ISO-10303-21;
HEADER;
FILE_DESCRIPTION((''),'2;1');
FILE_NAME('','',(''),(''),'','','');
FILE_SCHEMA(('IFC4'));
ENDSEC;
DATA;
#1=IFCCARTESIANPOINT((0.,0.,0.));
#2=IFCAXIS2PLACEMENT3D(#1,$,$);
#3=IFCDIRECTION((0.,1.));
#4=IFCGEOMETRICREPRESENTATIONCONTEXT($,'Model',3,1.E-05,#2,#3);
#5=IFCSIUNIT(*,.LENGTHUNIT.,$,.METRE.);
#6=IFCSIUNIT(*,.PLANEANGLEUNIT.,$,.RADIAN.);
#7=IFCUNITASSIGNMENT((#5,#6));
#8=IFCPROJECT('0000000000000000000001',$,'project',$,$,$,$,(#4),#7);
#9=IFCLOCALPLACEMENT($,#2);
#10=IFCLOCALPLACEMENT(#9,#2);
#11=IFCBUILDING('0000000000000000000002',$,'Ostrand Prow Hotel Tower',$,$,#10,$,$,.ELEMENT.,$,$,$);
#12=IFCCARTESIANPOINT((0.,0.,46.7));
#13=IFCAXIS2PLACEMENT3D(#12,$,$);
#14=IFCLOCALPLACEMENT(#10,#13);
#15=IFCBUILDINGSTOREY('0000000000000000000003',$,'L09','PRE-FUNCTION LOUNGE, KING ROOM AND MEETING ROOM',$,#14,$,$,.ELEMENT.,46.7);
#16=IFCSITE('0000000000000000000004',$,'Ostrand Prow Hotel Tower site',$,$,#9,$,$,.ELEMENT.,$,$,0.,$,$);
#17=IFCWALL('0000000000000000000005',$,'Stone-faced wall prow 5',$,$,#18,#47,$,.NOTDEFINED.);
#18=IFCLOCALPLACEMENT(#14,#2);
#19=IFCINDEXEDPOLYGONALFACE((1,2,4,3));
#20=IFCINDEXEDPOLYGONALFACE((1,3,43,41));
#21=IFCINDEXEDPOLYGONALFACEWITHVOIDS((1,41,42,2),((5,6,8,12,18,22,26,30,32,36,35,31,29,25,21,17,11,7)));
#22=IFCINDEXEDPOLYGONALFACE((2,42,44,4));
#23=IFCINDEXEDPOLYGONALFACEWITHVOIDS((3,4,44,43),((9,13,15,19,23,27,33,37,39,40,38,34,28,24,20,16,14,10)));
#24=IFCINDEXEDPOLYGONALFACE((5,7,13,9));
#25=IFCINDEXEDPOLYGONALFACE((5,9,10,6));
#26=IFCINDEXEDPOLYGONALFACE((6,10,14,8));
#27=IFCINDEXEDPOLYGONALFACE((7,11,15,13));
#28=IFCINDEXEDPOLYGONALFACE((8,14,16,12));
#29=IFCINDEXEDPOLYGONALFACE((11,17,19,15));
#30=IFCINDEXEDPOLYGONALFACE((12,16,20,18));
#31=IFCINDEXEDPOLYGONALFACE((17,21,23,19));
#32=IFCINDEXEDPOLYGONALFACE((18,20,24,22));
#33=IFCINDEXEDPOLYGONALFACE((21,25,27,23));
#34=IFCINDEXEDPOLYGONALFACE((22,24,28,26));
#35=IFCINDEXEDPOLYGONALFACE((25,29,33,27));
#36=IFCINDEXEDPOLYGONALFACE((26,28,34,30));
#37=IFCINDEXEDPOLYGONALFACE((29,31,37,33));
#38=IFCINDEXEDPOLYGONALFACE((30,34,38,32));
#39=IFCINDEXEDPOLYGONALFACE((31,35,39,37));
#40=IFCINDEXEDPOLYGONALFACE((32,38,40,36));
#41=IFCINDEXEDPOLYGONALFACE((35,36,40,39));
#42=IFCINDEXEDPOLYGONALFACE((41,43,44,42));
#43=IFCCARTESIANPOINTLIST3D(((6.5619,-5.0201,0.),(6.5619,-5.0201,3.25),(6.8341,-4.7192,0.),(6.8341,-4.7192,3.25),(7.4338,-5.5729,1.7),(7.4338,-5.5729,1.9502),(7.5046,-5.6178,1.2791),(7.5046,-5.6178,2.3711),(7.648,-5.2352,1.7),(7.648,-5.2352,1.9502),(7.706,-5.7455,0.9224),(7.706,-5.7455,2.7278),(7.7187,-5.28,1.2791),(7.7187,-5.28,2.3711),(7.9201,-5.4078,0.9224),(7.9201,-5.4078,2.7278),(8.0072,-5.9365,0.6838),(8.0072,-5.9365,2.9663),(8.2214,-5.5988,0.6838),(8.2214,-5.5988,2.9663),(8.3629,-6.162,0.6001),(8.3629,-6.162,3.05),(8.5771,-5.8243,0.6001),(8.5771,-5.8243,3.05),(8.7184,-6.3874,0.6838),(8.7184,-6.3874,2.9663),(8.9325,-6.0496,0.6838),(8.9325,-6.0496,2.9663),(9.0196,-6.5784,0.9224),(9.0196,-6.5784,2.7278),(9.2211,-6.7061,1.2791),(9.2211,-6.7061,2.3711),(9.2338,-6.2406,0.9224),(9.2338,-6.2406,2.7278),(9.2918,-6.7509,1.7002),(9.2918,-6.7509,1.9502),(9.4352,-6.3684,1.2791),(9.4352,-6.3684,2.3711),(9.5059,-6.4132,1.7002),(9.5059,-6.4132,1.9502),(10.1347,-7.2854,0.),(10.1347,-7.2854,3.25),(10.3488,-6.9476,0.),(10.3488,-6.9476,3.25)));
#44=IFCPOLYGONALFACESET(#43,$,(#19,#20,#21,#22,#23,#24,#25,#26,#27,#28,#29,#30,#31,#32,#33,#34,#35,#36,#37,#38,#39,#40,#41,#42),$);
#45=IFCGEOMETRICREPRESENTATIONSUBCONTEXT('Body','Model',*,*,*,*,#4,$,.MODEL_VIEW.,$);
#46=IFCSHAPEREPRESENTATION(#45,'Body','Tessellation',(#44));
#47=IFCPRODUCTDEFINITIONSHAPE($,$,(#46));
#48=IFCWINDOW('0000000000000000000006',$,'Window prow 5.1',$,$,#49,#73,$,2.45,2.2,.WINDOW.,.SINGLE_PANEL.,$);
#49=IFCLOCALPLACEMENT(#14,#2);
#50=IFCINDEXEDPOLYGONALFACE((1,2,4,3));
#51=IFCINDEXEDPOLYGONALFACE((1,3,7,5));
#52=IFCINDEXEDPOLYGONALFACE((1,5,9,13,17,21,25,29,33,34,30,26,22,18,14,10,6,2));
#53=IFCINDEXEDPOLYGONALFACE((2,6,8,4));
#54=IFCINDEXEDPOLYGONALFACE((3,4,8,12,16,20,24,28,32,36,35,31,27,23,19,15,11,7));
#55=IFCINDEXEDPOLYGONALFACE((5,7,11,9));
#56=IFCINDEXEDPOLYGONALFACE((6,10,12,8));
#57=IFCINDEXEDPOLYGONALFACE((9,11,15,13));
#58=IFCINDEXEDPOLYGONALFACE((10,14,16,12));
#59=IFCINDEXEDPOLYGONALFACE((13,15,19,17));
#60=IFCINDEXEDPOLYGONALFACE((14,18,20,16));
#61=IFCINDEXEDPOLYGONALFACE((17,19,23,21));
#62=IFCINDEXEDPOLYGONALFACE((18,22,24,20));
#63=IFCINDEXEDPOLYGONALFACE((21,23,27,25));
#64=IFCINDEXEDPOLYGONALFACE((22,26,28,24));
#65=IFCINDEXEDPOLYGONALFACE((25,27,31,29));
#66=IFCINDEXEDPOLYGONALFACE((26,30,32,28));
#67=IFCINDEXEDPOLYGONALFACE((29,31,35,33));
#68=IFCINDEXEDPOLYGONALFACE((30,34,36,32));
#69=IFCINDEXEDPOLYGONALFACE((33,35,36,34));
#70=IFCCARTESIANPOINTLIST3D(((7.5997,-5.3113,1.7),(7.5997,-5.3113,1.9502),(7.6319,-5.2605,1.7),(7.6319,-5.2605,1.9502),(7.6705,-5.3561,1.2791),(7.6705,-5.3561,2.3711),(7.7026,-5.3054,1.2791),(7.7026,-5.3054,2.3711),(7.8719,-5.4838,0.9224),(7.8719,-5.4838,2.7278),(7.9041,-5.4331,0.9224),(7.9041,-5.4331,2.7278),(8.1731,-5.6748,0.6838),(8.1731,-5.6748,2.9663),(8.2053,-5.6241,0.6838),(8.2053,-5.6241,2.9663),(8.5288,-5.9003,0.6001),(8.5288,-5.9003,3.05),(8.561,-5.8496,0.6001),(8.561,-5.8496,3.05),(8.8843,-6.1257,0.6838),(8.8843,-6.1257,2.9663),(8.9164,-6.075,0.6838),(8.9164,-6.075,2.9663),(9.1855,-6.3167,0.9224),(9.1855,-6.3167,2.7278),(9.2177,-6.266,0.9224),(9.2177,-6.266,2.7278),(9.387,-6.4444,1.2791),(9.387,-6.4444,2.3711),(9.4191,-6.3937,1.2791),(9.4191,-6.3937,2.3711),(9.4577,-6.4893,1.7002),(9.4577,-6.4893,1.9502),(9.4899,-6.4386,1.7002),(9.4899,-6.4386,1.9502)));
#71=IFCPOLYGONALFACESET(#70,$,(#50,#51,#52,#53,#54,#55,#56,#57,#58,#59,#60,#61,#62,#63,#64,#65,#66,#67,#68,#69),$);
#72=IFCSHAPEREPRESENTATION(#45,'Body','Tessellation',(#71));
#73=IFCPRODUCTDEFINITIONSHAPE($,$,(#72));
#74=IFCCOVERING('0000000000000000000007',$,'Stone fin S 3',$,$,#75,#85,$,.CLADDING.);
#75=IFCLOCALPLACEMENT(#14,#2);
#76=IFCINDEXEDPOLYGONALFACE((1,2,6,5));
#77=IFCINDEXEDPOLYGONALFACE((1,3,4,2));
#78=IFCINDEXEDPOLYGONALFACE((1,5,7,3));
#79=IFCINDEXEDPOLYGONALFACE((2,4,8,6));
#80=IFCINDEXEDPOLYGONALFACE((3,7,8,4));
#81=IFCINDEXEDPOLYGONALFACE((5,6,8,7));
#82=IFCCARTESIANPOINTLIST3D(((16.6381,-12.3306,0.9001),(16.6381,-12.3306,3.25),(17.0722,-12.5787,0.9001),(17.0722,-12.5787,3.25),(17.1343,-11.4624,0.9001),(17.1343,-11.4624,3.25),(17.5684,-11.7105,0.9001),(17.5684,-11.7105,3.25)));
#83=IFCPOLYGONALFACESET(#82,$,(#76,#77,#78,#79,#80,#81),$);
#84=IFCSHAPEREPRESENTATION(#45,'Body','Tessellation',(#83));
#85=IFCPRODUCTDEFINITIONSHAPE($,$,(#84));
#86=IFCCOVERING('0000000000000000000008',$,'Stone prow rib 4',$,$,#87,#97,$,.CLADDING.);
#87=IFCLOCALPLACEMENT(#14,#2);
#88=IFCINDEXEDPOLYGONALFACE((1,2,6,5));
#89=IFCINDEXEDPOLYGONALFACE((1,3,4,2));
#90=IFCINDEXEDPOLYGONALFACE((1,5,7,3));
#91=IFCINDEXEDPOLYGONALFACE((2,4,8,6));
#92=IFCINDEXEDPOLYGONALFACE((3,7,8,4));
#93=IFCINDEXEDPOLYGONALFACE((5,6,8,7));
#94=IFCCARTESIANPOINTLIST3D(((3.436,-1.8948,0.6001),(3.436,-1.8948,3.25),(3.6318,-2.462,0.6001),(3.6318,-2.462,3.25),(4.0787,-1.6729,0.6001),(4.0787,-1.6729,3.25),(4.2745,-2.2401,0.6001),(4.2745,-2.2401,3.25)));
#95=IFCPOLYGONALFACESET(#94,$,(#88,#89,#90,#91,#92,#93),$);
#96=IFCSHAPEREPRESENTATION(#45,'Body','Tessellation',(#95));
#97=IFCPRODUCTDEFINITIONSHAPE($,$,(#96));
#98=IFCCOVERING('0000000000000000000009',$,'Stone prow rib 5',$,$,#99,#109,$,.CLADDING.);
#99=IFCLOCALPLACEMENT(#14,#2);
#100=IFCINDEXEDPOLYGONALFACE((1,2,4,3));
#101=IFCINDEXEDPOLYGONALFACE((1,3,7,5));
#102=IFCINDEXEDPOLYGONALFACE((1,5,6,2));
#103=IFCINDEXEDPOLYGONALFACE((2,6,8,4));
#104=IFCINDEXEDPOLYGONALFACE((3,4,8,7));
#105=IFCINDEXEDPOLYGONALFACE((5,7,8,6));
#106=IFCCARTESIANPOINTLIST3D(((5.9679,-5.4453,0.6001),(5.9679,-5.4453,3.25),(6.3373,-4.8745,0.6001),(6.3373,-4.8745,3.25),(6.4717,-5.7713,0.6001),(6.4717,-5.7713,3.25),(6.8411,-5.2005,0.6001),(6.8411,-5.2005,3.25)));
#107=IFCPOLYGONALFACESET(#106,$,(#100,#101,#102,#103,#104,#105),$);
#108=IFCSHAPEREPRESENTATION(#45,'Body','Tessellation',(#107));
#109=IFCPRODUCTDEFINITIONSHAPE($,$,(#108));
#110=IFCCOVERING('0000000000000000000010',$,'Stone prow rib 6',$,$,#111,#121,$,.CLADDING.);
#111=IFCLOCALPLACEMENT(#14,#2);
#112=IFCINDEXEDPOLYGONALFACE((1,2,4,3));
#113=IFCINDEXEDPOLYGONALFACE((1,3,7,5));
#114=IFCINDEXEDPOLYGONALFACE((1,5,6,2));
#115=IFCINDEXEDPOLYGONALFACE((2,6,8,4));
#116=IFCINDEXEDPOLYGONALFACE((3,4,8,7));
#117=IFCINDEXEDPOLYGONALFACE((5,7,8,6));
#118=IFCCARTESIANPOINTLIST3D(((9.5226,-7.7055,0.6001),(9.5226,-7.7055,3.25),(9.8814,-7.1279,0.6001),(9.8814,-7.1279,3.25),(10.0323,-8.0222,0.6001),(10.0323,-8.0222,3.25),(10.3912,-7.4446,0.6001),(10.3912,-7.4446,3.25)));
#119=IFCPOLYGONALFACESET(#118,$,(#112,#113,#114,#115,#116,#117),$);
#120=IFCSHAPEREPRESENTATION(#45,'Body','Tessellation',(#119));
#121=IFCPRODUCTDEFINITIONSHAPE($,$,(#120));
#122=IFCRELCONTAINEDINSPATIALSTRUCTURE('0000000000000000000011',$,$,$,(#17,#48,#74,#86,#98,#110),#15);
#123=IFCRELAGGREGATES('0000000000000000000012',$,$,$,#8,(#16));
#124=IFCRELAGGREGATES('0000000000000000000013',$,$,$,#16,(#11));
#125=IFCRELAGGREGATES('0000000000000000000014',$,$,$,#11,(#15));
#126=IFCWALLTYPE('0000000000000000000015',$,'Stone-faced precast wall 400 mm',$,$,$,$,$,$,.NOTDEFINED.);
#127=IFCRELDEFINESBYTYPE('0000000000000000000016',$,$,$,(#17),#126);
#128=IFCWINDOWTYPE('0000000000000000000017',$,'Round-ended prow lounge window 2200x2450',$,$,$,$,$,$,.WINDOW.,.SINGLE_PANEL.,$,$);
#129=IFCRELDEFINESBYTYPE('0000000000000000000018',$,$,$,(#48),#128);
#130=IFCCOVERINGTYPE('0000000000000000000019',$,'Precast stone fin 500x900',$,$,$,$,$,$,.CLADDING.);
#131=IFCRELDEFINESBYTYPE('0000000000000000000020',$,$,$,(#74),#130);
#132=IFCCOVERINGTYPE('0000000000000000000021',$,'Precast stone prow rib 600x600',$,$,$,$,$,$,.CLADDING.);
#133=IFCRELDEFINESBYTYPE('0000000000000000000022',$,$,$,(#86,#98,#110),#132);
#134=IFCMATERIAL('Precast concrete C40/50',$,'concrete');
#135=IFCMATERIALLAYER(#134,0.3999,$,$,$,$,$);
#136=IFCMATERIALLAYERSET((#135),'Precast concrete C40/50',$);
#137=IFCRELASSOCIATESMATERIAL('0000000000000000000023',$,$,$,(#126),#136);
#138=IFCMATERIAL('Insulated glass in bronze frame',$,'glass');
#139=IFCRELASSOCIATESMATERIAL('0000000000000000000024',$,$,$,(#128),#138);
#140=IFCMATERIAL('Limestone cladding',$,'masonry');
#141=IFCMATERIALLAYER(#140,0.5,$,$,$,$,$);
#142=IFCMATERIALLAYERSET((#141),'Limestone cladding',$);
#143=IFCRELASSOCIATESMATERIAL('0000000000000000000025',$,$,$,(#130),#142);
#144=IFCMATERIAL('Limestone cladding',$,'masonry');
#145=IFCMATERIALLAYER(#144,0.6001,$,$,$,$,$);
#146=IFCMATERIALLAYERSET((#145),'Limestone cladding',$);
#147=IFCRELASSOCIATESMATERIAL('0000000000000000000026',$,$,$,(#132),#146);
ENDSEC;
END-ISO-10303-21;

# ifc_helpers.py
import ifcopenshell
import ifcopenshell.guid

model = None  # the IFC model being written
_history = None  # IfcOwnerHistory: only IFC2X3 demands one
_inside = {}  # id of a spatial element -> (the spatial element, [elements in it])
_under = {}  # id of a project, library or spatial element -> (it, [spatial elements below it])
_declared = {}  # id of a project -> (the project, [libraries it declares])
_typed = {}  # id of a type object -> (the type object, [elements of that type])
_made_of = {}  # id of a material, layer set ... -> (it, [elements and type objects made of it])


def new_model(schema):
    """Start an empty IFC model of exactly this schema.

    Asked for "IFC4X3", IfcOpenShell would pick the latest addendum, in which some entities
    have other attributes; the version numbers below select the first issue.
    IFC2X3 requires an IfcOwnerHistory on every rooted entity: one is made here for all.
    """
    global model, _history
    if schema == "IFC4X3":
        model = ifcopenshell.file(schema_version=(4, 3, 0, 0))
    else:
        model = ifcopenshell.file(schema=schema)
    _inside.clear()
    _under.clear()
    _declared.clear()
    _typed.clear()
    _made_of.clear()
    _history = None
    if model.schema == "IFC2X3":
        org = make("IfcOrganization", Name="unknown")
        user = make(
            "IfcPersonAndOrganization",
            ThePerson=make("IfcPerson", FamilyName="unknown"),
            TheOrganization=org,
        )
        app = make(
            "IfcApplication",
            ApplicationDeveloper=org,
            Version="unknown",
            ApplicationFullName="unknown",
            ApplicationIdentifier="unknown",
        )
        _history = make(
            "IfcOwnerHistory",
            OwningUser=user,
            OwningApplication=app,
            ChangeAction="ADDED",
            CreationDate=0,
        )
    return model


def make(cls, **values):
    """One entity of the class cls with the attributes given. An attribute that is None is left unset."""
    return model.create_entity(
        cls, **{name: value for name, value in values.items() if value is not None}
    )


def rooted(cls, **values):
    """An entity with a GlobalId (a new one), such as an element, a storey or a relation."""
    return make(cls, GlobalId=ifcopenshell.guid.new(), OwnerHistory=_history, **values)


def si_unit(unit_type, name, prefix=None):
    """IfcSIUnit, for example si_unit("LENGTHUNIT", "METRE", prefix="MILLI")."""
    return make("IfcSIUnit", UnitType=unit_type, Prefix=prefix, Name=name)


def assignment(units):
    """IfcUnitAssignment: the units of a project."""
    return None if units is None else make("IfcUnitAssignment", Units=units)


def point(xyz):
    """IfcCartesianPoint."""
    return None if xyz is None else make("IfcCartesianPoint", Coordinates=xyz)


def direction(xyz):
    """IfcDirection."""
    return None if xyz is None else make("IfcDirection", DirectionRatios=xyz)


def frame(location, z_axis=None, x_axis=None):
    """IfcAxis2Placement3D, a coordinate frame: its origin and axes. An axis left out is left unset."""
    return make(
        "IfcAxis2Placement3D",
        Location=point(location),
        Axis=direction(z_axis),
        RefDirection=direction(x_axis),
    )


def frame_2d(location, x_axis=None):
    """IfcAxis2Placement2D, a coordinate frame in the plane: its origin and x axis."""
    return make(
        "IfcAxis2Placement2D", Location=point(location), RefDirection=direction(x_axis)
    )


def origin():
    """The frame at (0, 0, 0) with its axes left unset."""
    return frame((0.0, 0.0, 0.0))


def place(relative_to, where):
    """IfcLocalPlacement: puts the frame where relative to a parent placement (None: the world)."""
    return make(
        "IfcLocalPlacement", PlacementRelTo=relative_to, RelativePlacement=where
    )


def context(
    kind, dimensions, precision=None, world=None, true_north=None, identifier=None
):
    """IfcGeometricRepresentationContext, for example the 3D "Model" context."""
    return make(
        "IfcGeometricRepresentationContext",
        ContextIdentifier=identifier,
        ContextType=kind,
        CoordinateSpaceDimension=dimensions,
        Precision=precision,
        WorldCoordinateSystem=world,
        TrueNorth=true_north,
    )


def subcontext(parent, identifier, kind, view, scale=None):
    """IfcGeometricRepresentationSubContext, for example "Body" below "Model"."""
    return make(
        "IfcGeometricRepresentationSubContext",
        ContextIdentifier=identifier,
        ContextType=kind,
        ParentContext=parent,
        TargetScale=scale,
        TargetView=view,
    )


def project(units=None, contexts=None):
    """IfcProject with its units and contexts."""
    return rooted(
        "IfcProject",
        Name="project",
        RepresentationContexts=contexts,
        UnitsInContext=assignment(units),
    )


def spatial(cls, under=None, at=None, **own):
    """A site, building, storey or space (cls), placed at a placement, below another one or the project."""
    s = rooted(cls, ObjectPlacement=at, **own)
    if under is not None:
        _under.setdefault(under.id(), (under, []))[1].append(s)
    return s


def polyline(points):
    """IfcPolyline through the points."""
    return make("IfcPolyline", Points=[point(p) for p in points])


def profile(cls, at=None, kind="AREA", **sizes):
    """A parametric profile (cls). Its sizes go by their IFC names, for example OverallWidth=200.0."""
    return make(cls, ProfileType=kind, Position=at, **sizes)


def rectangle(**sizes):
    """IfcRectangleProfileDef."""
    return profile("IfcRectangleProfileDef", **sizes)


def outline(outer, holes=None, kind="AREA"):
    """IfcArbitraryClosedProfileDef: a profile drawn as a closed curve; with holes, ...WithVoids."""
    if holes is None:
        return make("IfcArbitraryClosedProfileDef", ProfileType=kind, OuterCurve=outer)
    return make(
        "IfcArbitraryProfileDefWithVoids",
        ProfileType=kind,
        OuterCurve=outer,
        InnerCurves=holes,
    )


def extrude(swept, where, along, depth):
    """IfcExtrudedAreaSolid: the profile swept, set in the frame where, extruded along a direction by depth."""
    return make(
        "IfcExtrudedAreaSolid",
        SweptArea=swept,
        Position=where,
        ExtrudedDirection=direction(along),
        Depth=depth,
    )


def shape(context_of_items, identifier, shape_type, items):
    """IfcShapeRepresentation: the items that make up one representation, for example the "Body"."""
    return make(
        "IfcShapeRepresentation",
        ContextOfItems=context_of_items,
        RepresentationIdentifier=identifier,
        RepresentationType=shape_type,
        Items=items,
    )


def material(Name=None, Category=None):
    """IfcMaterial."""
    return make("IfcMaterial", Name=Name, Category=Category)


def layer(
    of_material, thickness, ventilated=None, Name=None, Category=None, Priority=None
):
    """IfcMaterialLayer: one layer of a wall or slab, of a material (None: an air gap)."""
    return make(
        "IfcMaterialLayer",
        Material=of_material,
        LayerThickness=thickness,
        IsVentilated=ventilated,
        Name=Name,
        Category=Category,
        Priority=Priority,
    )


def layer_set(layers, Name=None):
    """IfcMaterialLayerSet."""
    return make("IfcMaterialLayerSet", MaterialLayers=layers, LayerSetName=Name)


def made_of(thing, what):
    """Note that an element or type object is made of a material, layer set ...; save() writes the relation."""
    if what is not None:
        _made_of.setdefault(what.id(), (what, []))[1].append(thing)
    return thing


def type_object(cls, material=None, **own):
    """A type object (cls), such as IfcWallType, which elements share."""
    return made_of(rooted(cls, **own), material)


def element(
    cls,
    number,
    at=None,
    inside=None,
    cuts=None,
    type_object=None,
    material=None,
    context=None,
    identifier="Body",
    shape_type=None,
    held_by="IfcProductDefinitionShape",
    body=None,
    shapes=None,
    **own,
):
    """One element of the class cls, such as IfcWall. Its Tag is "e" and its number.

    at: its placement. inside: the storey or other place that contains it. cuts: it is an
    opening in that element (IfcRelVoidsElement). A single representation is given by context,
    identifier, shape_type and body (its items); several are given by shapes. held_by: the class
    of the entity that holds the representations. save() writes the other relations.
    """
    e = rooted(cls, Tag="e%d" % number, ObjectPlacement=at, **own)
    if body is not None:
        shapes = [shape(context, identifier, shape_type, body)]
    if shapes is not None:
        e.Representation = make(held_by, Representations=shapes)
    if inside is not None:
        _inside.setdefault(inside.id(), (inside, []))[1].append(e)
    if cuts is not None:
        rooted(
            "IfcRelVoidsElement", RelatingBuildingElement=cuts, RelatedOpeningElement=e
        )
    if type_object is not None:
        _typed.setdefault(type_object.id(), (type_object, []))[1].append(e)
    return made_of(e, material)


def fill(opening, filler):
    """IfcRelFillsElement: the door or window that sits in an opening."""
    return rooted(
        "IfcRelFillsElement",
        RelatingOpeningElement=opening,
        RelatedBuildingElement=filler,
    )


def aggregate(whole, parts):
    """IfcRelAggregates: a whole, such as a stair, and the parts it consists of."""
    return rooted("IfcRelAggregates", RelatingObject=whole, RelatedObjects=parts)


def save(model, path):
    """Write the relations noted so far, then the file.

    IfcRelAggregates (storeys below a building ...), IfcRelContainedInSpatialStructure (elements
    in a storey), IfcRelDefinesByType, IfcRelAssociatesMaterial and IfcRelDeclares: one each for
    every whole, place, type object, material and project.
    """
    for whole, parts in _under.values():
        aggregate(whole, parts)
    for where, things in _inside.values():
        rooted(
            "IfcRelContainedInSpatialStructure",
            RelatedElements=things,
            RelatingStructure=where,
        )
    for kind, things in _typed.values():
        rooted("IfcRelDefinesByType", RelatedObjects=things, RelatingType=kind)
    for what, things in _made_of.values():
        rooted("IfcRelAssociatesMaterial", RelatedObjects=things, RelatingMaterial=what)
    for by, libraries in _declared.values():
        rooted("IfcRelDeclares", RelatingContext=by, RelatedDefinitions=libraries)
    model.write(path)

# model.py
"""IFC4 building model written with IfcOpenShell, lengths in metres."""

from ifc_helpers import new_model, si_unit, direction, frame, frame_2d, origin, place, context, subcontext, project, spatial, polyline, rectangle, outline, extrude, material, layer, layer_set, type_object, element, fill, save


model = new_model("IFC4")

# Units and contexts
model_context = context("Model", 3, precision=1e-05, world=origin(), true_north=direction((0.0, 1.0)))
body_context = subcontext(model_context, "Body", "Model", "MODEL_VIEW")
ifc_project = project(units=[si_unit("LENGTHUNIT", "METRE"), si_unit("PLANEANGLEUNIT", "RADIAN")], contexts=[model_context])

# Site, building, storey
site_placement = place(None, origin())
site = spatial("IfcSite", under=ifc_project, at=site_placement, Name="Ostrand Prow Hotel Tower site", CompositionType="ELEMENT", RefElevation=0.0)
building_placement = place(site_placement, origin())
building = spatial("IfcBuilding", under=site, at=building_placement, Name="Ostrand Prow Hotel Tower", CompositionType="ELEMENT")
storey_placement = place(building_placement, frame((0.0, 0.0, 46.7)))
storey = spatial("IfcBuildingStorey", under=building, at=storey_placement, Name="L09", Description="PRE-FUNCTION LOUNGE, KING ROOM AND MEETING ROOM", CompositionType="ELEMENT", Elevation=46.7)

# Wall, opening, window
ifc_material_1 = material(Name="Precast concrete C40/50", Category="concrete")
ifc_layer_1 = layer(ifc_material_1, 0.3999)
ifc_layer_set_1 = layer_set([ifc_layer_1], Name="Precast concrete C40/50")
wall_type_1 = type_object("IfcWallType", Name="Stone-faced precast wall 400 mm", PredefinedType="NOTDEFINED", material=ifc_layer_set_1)
ifc_material_2 = material(Name="Insulated glass in bronze frame", Category="glass")
window_type = type_object("IfcWindowType", Name="Round-ended prow lounge window 2200x2450", PartitioningType="SINGLE_PANEL", PredefinedType="WINDOW", material=ifc_material_2)
wall_1_placement = place(storey_placement, frame((6.698, -4.8696, 0.0), z_axis=(0.0, 0.0, 1.0), x_axis=(0.844552, -0.535474, 0.0)))
wall_1 = element("IfcWall", 1, at=wall_1_placement, inside=storey, type_object=wall_type_1, Name="Stone-faced wall prow 5", PredefinedType="NOTDEFINED", context=body_context, shape_type="SweptSolid", body=[
    extrude(outline(polyline([(-0.0344, -0.2), (4.196, -0.2), (4.196, 0.2), (0.0344, 0.2), (-0.0344, -0.2)])), origin(), (0.0, 0.0, 1.0), 3.25),
])
opening_1_placement = place(wall_1_placement, frame((0.998, 0.0, 0.6001)))
opening_1 = element("IfcOpeningElement", 2, at=opening_1_placement, cuts=wall_1, PredefinedType="OPENING", context=body_context, shape_type="SweptSolid", body=[
    extrude(outline(polyline([(0.0, 1.3501), (0.0837, 1.771), (0.3223, 2.1277), (0.679, 2.3662), (1.1001, 2.45), (1.521, 2.3662), (1.8777, 2.1277), (2.1162, 1.771), (2.2, 1.3501), (2.2, 1.1001), (2.1162, 0.679), (1.8777, 0.3223), (1.521, 0.0837), (1.1001, 0.0), (0.679, 0.0837), (0.3223, 0.3223), (0.0837, 0.679), (0.0, 1.0999), (0.0, 1.3501)])), frame((0.0, 0.21, 0.0), z_axis=(0.0, -1.0, 0.0), x_axis=(1.0, 0.0, 0.0)), (0.0, 0.0, 1.0), 0.4199),
])
window_1_placement = place(opening_1_placement, origin())
window_1 = element("IfcWindow", 3, at=window_1_placement, inside=storey, type_object=window_type, Name="Window prow 5.1", OverallHeight=2.45, OverallWidth=2.2, PartitioningType="SINGLE_PANEL", PredefinedType="WINDOW", context=body_context, shape_type="SweptSolid", body=[
    extrude(outline(polyline([(0.0, 1.3501), (0.0837, 1.771), (0.3223, 2.1277), (0.679, 2.3662), (1.1001, 2.45), (1.521, 2.3662), (1.8777, 2.1277), (2.1162, 1.771), (2.2, 1.3501), (2.2, 1.1001), (2.1162, 0.679), (1.8777, 0.3223), (1.521, 0.0837), (1.1001, 0.0), (0.679, 0.0837), (0.3223, 0.3223), (0.0837, 0.679), (0.0, 1.0999), (0.0, 1.3501)])), frame((0.0, 0.1699, 0.0), z_axis=(0.0, -1.0, 0.0), x_axis=(1.0, 0.0, 0.0)), (0.0, 0.0, 1.0), 0.0601),
])
fill(opening_1, window_1)

# Coverings
ifc_material_3 = material(Name="Limestone cladding", Category="masonry")
ifc_layer_2 = layer(ifc_material_3, 0.5)
ifc_layer_set_2 = layer_set([ifc_layer_2], Name="Limestone cladding")
covering_type_1 = type_object("IfcCoveringType", Name="Precast stone fin 500x900", PredefinedType="CLADDING", material=ifc_layer_set_2)
covering_placement = place(storey_placement, frame((17.3513, -11.5864, 0.9001), z_axis=(0.0, 0.0, 1.0), x_axis=(-0.496139, -0.868243, 0.0)))
element("IfcCovering", 4, at=covering_placement, inside=storey, type_object=covering_type_1, Name="Stone fin S 3", PredefinedType="CLADDING", context=body_context, shape_type="SweptSolid", body=[
    extrude(rectangle(XDim=1.0, YDim=0.5, at=frame_2d((0.5, 0.0))), origin(), (0.0, 0.0, 1.0), 2.3499),
])
ifc_material_4 = material(Name="Limestone cladding", Category="masonry")
ifc_layer_3 = layer(ifc_material_4, 0.6001)
ifc_layer_set_3 = layer_set([ifc_layer_3], Name="Limestone cladding")
covering_type_2 = type_object("IfcCoveringType", Name="Precast stone prow rib 600x600", PredefinedType="CLADDING", material=ifc_layer_set_3)
for number, where, z_axis, x_axis, name in (
    (5, (4.1765, -1.9565, 0.6001), (0.0, 0.0, 1.0), (-0.945255, -0.326334, 0.0), "Stone prow rib 4"),
    (6, (6.5891, -5.0376, 0.6001), (0.0, 0.0, 1.0), (-0.543296, -0.839541, 0.0), "Stone prow rib 5"),
    (7, (10.1362, -7.2864, 0.6001), (0.0, 0.0, 1.0), (-0.527738, -0.849407, 0.0), "Stone prow rib 6"),
):
    element("IfcCovering", number, at=place(storey_placement, frame(where, z_axis=z_axis, x_axis=x_axis)), inside=storey, type_object=covering_type_2, Name=name, PredefinedType="CLADDING", context=body_context, shape_type="SweptSolid", body=[
        extrude(rectangle(XDim=0.6799, YDim=0.6001, at=frame_2d((0.3398, 0.0))), origin(), (0.0, 0.0, 1.0), 2.6499),
    ])

save(model, "model.ifc")
